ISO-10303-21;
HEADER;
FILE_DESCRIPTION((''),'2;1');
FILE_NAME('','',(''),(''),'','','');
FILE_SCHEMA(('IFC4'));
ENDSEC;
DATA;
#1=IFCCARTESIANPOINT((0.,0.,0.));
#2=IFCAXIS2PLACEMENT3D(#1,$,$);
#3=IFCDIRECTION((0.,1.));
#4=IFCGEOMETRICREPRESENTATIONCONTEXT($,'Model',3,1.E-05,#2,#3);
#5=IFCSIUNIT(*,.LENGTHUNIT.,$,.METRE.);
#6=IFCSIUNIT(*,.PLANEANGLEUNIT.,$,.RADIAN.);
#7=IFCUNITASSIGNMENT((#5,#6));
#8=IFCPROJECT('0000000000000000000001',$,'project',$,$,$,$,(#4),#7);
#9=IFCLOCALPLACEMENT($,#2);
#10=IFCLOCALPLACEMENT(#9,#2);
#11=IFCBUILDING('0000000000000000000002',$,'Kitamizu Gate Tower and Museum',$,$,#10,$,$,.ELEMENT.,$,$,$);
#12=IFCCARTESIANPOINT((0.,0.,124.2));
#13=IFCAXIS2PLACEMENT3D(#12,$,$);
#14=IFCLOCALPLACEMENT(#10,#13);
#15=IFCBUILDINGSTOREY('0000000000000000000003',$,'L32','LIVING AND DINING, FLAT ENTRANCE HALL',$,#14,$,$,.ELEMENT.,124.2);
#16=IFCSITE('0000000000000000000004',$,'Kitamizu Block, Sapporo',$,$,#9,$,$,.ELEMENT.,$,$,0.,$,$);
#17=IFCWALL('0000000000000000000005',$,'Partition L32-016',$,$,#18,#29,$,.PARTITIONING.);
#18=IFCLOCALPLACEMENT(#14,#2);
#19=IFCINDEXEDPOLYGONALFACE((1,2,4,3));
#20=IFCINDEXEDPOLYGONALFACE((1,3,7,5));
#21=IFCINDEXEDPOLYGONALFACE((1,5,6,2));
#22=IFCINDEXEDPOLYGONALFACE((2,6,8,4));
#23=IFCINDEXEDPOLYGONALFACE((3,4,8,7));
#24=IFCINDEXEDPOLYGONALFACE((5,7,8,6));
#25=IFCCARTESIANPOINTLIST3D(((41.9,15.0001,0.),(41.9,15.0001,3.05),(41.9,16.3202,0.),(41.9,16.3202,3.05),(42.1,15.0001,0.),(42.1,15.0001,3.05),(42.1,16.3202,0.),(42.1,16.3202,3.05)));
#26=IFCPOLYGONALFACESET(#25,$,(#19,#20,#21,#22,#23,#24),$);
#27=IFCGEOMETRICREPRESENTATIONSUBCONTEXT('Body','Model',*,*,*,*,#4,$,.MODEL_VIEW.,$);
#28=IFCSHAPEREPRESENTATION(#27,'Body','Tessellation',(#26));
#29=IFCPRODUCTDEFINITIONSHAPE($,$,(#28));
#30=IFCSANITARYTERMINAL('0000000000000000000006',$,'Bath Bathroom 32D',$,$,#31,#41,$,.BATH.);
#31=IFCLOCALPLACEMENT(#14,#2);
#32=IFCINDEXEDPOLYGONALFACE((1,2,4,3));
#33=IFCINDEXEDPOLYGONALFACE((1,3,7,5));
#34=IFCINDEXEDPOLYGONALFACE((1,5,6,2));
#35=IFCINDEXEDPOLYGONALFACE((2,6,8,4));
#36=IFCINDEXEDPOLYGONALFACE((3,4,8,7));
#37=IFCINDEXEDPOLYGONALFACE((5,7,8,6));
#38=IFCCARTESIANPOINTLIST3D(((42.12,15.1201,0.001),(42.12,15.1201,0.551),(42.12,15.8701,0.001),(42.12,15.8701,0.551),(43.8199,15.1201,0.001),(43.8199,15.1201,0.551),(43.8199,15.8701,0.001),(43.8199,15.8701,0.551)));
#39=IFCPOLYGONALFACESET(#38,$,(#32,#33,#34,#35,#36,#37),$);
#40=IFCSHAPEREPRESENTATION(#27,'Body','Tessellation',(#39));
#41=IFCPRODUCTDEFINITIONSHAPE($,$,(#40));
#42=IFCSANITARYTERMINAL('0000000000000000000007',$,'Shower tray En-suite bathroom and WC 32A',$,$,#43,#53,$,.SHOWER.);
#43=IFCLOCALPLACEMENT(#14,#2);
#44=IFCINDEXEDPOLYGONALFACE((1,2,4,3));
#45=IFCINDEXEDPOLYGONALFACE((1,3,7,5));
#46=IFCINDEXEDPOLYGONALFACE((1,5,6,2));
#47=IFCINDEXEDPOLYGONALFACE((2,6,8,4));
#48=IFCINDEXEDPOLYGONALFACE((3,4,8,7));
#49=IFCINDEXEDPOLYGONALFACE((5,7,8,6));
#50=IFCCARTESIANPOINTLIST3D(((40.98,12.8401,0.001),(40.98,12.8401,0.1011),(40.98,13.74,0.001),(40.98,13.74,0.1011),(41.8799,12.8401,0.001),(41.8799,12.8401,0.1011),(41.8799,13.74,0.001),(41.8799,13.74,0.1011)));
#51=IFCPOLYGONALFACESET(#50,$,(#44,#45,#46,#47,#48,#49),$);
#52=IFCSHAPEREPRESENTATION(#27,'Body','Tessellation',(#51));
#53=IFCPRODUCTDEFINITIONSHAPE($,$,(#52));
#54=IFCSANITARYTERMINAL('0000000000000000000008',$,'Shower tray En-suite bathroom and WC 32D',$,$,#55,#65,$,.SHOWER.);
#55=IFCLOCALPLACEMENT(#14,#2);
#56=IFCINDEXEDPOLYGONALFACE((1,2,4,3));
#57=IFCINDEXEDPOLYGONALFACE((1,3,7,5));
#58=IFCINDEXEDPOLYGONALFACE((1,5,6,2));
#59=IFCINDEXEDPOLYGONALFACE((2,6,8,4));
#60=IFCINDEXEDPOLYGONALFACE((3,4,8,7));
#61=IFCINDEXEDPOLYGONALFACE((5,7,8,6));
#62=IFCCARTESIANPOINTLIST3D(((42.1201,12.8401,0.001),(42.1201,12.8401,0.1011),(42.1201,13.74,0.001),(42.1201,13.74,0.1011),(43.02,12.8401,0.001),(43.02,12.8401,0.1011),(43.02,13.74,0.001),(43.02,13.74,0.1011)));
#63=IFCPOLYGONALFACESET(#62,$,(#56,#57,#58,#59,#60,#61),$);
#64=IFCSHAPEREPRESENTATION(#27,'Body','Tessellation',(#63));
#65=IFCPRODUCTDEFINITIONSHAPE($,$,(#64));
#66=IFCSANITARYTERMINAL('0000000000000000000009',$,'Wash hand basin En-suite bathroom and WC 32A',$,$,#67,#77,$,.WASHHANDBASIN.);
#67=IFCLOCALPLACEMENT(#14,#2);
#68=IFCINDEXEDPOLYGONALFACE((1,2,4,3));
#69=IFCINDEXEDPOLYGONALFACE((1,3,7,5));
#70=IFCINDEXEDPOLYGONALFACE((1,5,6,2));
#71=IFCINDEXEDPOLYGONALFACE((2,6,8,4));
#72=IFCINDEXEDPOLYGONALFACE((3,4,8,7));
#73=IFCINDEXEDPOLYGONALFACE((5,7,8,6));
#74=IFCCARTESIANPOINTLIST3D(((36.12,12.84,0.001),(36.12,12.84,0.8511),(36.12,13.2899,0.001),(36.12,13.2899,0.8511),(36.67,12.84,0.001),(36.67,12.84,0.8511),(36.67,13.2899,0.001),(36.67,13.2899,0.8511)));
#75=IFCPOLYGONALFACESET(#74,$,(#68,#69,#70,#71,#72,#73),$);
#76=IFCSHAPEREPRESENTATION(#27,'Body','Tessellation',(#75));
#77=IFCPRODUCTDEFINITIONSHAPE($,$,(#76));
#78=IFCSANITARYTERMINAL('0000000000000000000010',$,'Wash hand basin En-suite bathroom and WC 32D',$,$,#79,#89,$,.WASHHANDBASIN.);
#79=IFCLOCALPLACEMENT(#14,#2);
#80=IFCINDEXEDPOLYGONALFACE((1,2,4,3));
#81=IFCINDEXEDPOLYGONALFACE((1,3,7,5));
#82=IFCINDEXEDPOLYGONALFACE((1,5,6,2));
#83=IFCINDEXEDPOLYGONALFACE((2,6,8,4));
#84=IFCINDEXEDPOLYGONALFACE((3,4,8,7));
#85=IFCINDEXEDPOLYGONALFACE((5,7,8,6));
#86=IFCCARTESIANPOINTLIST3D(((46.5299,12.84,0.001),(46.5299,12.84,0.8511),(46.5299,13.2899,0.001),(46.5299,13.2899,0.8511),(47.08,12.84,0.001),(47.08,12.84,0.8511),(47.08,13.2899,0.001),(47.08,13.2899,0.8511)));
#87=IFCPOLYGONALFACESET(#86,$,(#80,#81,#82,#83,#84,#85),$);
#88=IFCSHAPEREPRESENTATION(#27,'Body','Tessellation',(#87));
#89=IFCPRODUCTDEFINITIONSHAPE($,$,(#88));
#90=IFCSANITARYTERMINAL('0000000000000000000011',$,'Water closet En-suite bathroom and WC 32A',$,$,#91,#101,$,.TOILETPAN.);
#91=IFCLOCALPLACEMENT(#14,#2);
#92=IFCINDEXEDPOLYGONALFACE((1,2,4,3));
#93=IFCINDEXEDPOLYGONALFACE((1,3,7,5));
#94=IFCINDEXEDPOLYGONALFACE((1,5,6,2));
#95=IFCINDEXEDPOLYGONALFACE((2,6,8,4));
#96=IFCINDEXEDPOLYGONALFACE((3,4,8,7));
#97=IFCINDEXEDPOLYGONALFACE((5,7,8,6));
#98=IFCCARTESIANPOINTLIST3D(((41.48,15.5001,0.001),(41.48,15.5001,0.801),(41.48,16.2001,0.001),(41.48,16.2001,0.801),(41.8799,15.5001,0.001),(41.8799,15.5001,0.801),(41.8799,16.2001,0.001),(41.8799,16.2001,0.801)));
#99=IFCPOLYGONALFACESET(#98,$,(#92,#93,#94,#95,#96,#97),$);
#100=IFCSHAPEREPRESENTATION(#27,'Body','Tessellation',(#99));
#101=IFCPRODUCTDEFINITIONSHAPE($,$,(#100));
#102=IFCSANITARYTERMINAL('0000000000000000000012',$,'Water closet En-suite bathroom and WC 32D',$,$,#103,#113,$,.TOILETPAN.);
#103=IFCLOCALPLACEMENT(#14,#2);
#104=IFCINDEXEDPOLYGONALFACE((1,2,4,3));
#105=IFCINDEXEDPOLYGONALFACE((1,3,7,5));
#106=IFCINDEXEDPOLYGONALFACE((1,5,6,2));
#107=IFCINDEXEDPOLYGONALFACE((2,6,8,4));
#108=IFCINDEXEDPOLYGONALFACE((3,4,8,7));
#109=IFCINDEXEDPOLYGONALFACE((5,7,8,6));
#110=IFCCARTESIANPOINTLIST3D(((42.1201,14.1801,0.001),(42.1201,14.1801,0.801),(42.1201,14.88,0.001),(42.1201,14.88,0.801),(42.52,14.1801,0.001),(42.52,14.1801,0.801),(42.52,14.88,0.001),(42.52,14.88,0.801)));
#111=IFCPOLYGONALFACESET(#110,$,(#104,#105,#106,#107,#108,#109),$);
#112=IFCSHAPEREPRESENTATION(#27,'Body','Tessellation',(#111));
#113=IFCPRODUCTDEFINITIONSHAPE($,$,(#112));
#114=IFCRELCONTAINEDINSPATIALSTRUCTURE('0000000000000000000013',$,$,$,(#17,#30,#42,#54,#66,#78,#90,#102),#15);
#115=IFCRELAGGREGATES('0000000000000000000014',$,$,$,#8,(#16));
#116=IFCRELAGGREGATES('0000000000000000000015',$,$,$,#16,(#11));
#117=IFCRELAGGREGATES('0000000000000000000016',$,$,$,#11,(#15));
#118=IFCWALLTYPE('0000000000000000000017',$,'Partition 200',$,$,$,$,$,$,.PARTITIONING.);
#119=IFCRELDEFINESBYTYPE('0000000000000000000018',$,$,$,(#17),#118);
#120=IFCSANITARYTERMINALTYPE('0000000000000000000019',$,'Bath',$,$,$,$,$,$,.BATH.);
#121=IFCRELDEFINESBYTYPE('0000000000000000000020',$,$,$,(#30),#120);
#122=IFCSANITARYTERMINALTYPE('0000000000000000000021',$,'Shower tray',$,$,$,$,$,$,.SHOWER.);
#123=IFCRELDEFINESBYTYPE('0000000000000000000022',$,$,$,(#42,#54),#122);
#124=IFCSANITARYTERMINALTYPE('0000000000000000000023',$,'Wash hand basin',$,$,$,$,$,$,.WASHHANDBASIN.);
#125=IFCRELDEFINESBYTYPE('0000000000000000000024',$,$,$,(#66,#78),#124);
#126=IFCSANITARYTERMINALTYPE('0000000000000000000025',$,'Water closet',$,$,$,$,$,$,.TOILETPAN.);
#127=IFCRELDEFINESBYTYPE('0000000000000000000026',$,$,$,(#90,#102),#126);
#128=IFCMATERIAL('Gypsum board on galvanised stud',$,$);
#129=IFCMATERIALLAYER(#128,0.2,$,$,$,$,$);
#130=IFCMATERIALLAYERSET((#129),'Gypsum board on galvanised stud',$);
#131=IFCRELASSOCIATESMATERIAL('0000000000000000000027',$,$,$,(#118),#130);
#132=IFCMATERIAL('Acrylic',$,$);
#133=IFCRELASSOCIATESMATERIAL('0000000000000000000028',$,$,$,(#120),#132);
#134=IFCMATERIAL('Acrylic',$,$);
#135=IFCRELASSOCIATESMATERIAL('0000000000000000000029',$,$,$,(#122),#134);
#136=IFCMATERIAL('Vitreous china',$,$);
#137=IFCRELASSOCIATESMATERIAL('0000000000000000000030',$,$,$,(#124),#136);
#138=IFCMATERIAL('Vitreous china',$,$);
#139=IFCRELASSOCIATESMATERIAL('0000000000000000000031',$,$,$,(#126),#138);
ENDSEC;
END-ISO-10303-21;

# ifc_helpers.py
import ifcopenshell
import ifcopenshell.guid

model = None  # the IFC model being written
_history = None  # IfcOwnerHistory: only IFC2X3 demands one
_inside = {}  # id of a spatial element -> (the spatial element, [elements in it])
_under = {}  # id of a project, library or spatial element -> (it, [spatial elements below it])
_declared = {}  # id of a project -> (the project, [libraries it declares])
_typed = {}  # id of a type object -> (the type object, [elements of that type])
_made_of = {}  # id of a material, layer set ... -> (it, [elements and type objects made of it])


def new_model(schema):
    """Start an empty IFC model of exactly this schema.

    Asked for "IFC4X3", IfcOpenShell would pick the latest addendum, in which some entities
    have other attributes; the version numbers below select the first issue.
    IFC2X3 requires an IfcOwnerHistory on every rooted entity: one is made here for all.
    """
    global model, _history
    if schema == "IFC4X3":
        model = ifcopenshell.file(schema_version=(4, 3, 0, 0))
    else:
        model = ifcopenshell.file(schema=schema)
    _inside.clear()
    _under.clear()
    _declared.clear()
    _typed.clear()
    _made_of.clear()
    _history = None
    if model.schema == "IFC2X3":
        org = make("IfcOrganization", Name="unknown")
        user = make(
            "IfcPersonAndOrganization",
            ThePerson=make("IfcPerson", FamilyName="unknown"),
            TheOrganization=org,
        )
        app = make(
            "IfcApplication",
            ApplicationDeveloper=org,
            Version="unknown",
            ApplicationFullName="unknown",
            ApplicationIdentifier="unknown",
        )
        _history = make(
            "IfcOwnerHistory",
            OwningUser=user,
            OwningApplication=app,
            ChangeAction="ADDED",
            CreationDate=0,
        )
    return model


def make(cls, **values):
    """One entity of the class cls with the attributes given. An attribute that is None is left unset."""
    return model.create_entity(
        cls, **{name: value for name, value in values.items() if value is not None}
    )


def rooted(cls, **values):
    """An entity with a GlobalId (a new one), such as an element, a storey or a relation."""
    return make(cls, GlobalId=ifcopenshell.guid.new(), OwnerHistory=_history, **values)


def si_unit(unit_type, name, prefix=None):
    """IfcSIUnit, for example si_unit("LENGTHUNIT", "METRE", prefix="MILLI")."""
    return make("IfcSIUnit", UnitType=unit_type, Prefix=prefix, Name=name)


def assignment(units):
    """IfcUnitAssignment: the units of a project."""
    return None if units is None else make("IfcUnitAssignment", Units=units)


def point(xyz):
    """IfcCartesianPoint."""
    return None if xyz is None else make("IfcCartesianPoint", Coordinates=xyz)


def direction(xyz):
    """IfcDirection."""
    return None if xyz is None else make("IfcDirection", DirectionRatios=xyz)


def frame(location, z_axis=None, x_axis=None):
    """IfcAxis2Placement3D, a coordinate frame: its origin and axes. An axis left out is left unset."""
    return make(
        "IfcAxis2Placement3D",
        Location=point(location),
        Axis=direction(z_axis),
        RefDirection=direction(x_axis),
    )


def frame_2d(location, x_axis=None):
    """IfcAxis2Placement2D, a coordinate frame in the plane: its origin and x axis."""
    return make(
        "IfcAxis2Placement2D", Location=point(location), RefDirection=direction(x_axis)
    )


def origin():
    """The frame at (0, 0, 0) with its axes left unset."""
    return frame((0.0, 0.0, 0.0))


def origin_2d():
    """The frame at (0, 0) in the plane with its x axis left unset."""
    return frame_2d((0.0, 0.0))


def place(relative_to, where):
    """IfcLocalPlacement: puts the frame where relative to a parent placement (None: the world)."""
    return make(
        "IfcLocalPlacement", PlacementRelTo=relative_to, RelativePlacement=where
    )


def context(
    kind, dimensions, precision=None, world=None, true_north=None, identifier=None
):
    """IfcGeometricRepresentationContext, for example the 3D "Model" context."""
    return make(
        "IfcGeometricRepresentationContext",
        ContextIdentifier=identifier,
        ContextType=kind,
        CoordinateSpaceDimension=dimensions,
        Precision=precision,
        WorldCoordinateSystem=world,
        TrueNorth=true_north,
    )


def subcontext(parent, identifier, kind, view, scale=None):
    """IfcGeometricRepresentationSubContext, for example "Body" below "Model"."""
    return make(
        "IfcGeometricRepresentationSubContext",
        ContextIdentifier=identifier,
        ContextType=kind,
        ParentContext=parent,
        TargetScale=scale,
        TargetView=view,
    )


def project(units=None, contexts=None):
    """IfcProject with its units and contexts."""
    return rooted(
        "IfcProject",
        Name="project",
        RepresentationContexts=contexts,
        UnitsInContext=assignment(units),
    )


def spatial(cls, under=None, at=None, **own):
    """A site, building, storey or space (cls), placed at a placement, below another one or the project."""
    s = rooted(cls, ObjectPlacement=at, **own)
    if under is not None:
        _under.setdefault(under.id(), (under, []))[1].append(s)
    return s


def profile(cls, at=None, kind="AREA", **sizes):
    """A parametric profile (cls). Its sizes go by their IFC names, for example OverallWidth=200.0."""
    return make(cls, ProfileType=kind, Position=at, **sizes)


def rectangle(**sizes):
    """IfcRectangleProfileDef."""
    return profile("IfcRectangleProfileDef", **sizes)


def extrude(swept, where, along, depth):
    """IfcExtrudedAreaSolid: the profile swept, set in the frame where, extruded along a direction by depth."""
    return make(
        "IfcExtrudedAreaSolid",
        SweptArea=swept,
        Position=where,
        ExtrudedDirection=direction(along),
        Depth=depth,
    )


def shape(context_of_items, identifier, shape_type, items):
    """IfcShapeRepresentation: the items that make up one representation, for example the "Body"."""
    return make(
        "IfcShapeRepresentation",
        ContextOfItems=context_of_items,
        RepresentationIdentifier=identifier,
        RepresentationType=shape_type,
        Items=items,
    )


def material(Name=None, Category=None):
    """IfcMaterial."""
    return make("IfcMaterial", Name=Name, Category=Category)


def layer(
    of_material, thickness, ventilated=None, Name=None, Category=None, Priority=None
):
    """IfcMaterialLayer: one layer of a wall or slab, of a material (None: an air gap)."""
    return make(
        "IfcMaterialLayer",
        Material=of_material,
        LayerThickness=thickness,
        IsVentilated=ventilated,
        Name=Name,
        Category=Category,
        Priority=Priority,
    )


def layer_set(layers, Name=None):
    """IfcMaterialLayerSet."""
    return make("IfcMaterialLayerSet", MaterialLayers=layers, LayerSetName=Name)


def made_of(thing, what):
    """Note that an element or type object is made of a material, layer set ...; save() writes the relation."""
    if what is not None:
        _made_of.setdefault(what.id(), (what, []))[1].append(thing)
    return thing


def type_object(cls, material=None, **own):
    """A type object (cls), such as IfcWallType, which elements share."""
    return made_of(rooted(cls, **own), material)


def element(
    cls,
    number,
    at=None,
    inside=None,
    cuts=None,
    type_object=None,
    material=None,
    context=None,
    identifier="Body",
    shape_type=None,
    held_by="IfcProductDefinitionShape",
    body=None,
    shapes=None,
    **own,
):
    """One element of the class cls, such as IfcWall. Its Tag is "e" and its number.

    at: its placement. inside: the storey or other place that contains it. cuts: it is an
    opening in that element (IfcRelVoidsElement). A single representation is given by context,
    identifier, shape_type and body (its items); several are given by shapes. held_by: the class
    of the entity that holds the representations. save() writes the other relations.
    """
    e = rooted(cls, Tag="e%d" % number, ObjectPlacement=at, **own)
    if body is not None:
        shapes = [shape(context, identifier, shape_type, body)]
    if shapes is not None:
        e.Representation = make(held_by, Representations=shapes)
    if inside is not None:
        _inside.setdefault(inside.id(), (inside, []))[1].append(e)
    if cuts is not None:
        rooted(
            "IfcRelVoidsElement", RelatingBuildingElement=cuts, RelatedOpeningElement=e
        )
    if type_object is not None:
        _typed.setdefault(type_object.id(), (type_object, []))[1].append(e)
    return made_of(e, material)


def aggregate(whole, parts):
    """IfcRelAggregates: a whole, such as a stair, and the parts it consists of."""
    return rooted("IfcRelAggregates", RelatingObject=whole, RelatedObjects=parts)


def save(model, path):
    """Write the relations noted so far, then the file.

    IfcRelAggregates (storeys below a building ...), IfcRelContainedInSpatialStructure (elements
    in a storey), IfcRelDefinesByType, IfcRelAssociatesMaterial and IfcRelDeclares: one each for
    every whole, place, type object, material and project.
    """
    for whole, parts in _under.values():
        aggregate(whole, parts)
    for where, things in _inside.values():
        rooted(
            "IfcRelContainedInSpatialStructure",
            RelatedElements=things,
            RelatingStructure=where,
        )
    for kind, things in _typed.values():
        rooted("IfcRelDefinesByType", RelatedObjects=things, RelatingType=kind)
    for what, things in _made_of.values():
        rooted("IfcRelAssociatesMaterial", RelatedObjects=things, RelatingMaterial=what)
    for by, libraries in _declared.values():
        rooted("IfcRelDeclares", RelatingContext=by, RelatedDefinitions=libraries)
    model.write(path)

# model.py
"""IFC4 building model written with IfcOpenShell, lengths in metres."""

from ifc_helpers import new_model, si_unit, direction, frame, frame_2d, origin, origin_2d, place, context, subcontext, project, spatial, rectangle, extrude, material, layer, layer_set, type_object, element, save


model = new_model("IFC4")

# Units and contexts
model_context = context("Model", 3, precision=1e-05, world=origin(), true_north=direction((0.0, 1.0)))
body_context = subcontext(model_context, "Body", "Model", "MODEL_VIEW")
ifc_project = project(units=[si_unit("LENGTHUNIT", "METRE"), si_unit("PLANEANGLEUNIT", "RADIAN")], contexts=[model_context])

# Site, building, storey
site_placement = place(None, origin())
site = spatial("IfcSite", under=ifc_project, at=site_placement, Name="Kitamizu Block, Sapporo", CompositionType="ELEMENT", RefElevation=0.0)
building_placement = place(site_placement, origin())
building = spatial("IfcBuilding", under=site, at=building_placement, Name="Kitamizu Gate Tower and Museum", CompositionType="ELEMENT")
storey_placement = place(building_placement, frame((0.0, 0.0, 124.2)))
storey = spatial("IfcBuildingStorey", under=building, at=storey_placement, Name="L32", Description="LIVING AND DINING, FLAT ENTRANCE HALL", CompositionType="ELEMENT", Elevation=124.2)

# Wall
ifc_material_1 = material(Name="Gypsum board on galvanised stud")
ifc_layer_1 = layer(ifc_material_1, 0.2)
ifc_layer_set_1 = layer_set([ifc_layer_1], Name="Gypsum board on galvanised stud")
wall_type_1 = type_object("IfcWallType", Name="Partition 200", PredefinedType="PARTITIONING", material=ifc_layer_set_1)
wall_1_placement = place(storey_placement, frame((42.0, 15.0, 0.0), z_axis=(0.0, 0.0, 1.0), x_axis=(0.0, 1.0, 0.0)))
element("IfcWall", 1, at=wall_1_placement, inside=storey, type_object=wall_type_1, Name="Partition L32-016", PredefinedType="PARTITIONING", context=body_context, shape_type="SweptSolid", body=[
    extrude(rectangle(XDim=1.3201, YDim=0.2, at=frame_2d((0.6602, 0.0))), origin(), (0.0, 0.0, 1.0), 3.05),
])

# Sanitary terminals
ifc_material_2 = material(Name="Acrylic")
sanitary_terminal_type_1 = type_object("IfcSanitaryTerminalType", Name="Bath", PredefinedType="BATH", material=ifc_material_2)
sanitary_terminal_placement = place(storey_placement, frame((42.97, 15.4951, 0.001), z_axis=(0.0, 0.0, 1.0), x_axis=(1.0, 0.0, 0.0)))
element("IfcSanitaryTerminal", 2, at=sanitary_terminal_placement, inside=storey, type_object=sanitary_terminal_type_1, Name="Bath Bathroom 32D", PredefinedType="BATH", context=body_context, shape_type="SweptSolid", body=[
    extrude(rectangle(XDim=1.7, YDim=0.75, at=origin_2d()), origin(), (0.0, 0.0, 1.0), 0.55),
])
ifc_material_3 = material(Name="Acrylic")
sanitary_terminal_type_2 = type_object("IfcSanitaryTerminalType", Name="Shower tray", PredefinedType="SHOWER", material=ifc_material_3)
for number, where, z_axis, x_axis, name in (
    (3, (41.4299, 13.29, 0.001), (0.0, 0.0, 1.0), (1.0, 0.0, 0.0), "Shower tray En-suite bathroom and WC 32A"),
    (4, (42.5701, 13.29, 0.001), (0.0, 0.0, 1.0), (1.0, 0.0, 0.0), "Shower tray En-suite bathroom and WC 32D"),
):
    element("IfcSanitaryTerminal", number, at=place(storey_placement, frame(where, z_axis=z_axis, x_axis=x_axis)), inside=storey, type_object=sanitary_terminal_type_2, Name=name, PredefinedType="SHOWER", context=body_context, shape_type="SweptSolid", body=[
        extrude(rectangle(XDim=0.8999, YDim=0.8999, at=origin_2d()), origin(), (0.0, 0.0, 1.0), 0.1001),
    ])
ifc_material_4 = material(Name="Vitreous china")
sanitary_terminal_type_3 = type_object("IfcSanitaryTerminalType", Name="Wash hand basin", PredefinedType="WASHHANDBASIN", material=ifc_material_4)
for number, where, z_axis, x_axis, name in (
    (5, (36.395, 13.0649, 0.001), (0.0, 0.0, 1.0), (1.0, 0.0, 0.0), "Wash hand basin En-suite bathroom and WC 32A"),
    (6, (46.8049, 13.0649, 0.001), (0.0, 0.0, 1.0), (1.0, 0.0, 0.0), "Wash hand basin En-suite bathroom and WC 32D"),
):
    element("IfcSanitaryTerminal", number, at=place(storey_placement, frame(where, z_axis=z_axis, x_axis=x_axis)), inside=storey, type_object=sanitary_terminal_type_3, Name=name, PredefinedType="WASHHANDBASIN", context=body_context, shape_type="SweptSolid", body=[
        extrude(rectangle(XDim=0.55, YDim=0.45, at=origin_2d()), origin(), (0.0, 0.0, 1.0), 0.8501),
    ])
ifc_material_5 = material(Name="Vitreous china")
sanitary_terminal_type_4 = type_object("IfcSanitaryTerminalType", Name="Water closet", PredefinedType="TOILETPAN", material=ifc_material_5)
for number, where, z_axis, x_axis, name in (
    (7, (41.6799, 15.8501, 0.001), (0.0, 0.0, 1.0), (1.0, 0.0, 0.0), "Water closet En-suite bathroom and WC 32A"),
    (8, (42.3201, 14.53, 0.001), (0.0, 0.0, 1.0), (1.0, 0.0, 0.0), "Water closet En-suite bathroom and WC 32D"),
):
    element("IfcSanitaryTerminal", number, at=place(storey_placement, frame(where, z_axis=z_axis, x_axis=x_axis)), inside=storey, type_object=sanitary_terminal_type_4, Name=name, PredefinedType="TOILETPAN", context=body_context, shape_type="SweptSolid", body=[
        extrude(rectangle(XDim=0.3999, YDim=0.7, at=origin_2d()), origin(), (0.0, 0.0, 1.0), 0.8),
    ])

save(model, "model.ifc")
